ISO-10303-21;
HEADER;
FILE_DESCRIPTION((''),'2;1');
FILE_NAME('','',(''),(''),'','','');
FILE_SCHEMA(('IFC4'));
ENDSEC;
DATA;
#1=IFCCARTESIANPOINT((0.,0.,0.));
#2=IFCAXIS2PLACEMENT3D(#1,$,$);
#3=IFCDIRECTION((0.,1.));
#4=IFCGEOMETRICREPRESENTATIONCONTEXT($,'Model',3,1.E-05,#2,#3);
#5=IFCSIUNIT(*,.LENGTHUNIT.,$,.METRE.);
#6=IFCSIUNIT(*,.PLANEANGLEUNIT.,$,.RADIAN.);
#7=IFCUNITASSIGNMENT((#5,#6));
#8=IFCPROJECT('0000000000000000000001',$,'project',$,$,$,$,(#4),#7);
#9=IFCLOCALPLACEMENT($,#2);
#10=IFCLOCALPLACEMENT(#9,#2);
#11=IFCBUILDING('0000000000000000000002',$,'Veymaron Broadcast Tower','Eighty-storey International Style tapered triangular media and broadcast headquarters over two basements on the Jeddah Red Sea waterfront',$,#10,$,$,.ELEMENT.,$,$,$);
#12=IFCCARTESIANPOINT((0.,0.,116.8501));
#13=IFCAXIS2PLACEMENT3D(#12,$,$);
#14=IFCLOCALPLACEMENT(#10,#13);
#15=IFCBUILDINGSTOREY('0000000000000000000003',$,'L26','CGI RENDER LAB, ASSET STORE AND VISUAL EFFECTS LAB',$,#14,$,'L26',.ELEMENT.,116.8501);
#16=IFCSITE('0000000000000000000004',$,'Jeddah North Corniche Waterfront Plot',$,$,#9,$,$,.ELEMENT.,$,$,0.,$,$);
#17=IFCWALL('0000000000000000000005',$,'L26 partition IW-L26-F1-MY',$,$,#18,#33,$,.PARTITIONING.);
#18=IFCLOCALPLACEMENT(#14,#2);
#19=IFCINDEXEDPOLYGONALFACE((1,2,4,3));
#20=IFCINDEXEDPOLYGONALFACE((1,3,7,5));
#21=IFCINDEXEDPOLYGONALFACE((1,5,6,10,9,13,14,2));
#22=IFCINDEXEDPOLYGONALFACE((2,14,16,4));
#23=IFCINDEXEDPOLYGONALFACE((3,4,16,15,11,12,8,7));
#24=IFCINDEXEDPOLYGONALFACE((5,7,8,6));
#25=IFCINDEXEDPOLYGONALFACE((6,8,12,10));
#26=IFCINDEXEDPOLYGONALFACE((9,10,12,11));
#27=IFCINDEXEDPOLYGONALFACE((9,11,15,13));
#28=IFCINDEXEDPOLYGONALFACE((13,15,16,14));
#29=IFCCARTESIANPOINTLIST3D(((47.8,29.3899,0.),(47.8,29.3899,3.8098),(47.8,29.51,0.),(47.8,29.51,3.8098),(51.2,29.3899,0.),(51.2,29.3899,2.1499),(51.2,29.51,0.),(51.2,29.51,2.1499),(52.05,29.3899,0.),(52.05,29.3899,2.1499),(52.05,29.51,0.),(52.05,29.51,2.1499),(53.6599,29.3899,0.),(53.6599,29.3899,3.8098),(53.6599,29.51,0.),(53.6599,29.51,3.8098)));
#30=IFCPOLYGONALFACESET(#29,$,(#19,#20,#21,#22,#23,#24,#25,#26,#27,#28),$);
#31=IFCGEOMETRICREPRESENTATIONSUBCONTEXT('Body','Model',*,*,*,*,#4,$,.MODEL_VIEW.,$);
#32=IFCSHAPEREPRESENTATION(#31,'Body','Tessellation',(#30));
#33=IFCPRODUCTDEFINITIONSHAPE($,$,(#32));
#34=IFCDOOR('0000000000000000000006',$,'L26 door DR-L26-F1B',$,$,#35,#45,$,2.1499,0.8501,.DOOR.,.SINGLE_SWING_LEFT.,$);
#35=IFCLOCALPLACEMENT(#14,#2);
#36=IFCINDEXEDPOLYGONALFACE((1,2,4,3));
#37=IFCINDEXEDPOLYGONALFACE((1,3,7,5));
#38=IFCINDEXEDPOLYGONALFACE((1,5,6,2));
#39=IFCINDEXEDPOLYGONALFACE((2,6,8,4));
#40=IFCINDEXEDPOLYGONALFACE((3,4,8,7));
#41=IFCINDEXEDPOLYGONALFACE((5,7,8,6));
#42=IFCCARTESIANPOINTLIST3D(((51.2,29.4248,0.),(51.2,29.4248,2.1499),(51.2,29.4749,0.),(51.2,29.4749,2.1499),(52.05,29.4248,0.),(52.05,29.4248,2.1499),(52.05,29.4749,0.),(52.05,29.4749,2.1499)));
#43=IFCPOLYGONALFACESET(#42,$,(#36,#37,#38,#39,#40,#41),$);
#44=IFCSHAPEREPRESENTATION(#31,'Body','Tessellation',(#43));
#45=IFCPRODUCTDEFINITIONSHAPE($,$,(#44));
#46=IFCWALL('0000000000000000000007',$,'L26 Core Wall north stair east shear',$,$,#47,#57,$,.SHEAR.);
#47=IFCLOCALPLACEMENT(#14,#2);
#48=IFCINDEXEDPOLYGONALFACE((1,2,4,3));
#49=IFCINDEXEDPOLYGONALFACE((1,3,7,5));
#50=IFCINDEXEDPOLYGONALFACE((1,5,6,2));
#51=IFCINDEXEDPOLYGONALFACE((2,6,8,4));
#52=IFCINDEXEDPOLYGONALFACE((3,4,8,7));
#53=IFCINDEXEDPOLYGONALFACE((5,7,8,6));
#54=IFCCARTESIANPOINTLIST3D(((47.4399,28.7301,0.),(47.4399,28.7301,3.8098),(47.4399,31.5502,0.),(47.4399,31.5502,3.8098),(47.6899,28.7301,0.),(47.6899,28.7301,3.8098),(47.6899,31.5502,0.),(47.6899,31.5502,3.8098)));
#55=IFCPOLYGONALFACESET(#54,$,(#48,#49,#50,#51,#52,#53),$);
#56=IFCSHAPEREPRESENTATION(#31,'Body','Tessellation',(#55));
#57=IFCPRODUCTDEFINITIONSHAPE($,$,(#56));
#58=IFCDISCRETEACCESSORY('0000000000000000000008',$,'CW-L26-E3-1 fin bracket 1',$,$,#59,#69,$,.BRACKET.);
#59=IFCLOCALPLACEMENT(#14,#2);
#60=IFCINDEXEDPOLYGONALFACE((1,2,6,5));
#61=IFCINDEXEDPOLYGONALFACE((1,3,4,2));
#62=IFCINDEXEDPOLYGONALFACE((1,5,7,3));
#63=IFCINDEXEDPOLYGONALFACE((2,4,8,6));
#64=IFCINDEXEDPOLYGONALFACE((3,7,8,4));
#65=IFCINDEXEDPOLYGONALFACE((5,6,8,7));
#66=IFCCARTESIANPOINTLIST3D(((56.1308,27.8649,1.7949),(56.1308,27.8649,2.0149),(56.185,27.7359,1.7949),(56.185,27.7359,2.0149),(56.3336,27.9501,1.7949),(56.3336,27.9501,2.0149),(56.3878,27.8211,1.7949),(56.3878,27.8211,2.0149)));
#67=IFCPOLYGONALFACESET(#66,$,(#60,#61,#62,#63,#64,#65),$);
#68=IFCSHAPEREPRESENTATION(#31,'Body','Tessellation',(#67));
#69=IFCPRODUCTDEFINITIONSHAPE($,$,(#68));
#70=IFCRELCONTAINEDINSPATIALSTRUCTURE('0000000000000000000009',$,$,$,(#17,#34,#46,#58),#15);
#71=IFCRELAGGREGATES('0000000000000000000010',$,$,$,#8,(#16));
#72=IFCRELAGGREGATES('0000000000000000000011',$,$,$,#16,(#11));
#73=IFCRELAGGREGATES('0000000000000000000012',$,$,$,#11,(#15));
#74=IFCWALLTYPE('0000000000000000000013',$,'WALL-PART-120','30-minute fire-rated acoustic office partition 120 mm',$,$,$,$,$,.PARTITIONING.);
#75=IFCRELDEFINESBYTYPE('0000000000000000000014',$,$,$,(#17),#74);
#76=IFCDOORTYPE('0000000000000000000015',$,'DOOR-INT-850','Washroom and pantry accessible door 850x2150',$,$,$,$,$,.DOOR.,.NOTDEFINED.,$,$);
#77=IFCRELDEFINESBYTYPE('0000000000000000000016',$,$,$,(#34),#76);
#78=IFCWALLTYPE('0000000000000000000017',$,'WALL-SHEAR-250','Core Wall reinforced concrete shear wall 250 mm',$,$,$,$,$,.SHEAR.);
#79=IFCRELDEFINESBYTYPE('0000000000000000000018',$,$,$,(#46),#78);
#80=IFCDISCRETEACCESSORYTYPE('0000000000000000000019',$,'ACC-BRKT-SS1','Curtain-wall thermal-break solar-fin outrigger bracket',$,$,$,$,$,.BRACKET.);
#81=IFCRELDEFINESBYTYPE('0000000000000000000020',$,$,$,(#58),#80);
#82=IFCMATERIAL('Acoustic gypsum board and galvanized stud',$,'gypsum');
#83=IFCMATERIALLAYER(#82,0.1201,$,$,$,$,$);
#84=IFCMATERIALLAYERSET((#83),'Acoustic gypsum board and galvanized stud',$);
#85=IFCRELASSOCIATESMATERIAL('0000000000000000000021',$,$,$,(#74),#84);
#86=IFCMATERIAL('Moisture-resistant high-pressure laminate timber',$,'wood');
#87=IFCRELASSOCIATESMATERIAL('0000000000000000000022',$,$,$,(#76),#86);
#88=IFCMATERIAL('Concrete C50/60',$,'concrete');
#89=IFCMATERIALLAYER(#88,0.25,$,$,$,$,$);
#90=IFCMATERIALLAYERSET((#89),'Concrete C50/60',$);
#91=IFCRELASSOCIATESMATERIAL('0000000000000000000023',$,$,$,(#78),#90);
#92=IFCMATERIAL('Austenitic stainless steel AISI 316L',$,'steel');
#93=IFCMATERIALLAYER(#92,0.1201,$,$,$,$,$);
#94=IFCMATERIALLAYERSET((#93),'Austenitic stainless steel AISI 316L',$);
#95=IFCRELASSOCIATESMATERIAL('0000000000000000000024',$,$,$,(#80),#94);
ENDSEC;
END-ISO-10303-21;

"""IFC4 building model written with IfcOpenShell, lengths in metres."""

from ifc_helpers import new_model, si_unit, direction, frame, frame_2d, origin, origin_2d, place, context, subcontext, project, spatial, rectangle, extrude, material, layer, layer_set, type_object, element, fill, save


model = new_model("IFC4")

# Units and contexts
model_context = context("Model", 3, precision=1e-05, world=origin(), true_north=direction((0.0, 1.0)))
body_context = subcontext(model_context, "Body", "Model", "MODEL_VIEW")
ifc_project = project(units=[si_unit("LENGTHUNIT", "METRE"), si_unit("PLANEANGLEUNIT", "RADIAN")], contexts=[model_context])

# Site, building, storey
site_placement = place(None, origin())
site = spatial("IfcSite", under=ifc_project, at=site_placement, Name="Jeddah North Corniche Waterfront Plot", CompositionType="ELEMENT", RefElevation=0.0)
building_placement = place(site_placement, origin())
building = spatial("IfcBuilding", under=site, at=building_placement, Name="Veymaron Broadcast Tower", Description="Eighty-storey International Style tapered triangular media and broadcast headquarters over two basements on the Jeddah Red Sea waterfront", CompositionType="ELEMENT")
storey_placement = place(building_placement, frame((0.0, 0.0, 116.8501)))
storey = spatial("IfcBuildingStorey", under=building, at=storey_placement, Name="L26", Description="CGI RENDER LAB, ASSET STORE AND VISUAL EFFECTS LAB", LongName="L26", CompositionType="ELEMENT", Elevation=116.8501)

# Wall, opening, door
ifc_material_1 = material(Name="Acoustic gypsum board and galvanized stud", Category="gypsum")
ifc_layer_1 = layer(ifc_material_1, 0.1201)
ifc_layer_set_1 = layer_set([ifc_layer_1], Name="Acoustic gypsum board and galvanized stud")
wall_type_1 = type_object("IfcWallType", Name="WALL-PART-120", Description="30-minute fire-rated acoustic office partition 120 mm", PredefinedType="PARTITIONING", material=ifc_layer_set_1)
ifc_material_2 = material(Name="Moisture-resistant high-pressure laminate timber", Category="wood")
door_type_1 = type_object("IfcDoorType", Name="DOOR-INT-850", Description="Washroom and pantry accessible door 850x2150", OperationType="NOTDEFINED", PredefinedType="DOOR", material=ifc_material_2)
wall_1_placement = place(storey_placement, frame((47.8, 29.45, 0.0), z_axis=(0.0, 0.0, 1.0), x_axis=(1.0, 0.0, 0.0)))
wall_1 = element("IfcWall", 1, at=wall_1_placement, inside=storey, type_object=wall_type_1, Name="L26 partition IW-L26-F1-MY", PredefinedType="PARTITIONING", context=body_context, shape_type="SweptSolid", body=[
    extrude(rectangle(XDim=5.8599, YDim=0.1201, at=frame_2d((2.9299, 0.0))), origin(), (0.0, 0.0, 1.0), 3.8098),
])
opening_1_placement = place(wall_1_placement, frame((3.3999, 0.0, 0.0)))
opening_1 = element("IfcOpeningElement", 2, at=opening_1_placement, cuts=wall_1, PredefinedType="OPENING", context=body_context, shape_type="SweptSolid", body=[
    extrude(rectangle(XDim=0.8501, YDim=2.1499, at=frame_2d((0.425, 1.075))), frame((0.0, 0.0701, 0.0), z_axis=(0.0, -1.0, 0.0), x_axis=(1.0, 0.0, 0.0)), (0.0, 0.0, 1.0), 0.1401),
])
door_1_placement = place(opening_1_placement, origin())
door_1 = element("IfcDoor", 3, at=door_1_placement, inside=storey, type_object=door_type_1, Name="L26 door DR-L26-F1B", OperationType="SINGLE_SWING_LEFT", OverallHeight=2.1499, OverallWidth=0.8501, PredefinedType="DOOR", context=body_context, shape_type="SweptSolid", body=[
    extrude(rectangle(XDim=0.8501, YDim=2.1499, at=frame_2d((0.425, 1.075))), frame((0.0, 0.0249, 0.0), z_axis=(0.0, -1.0, 0.0), x_axis=(1.0, 0.0, 0.0)), (0.0, 0.0, 1.0), 0.05),
])
fill(opening_1, door_1)

# Wall
ifc_material_3 = material(Name="Concrete C50/60", Category="concrete")
ifc_layer_2 = layer(ifc_material_3, 0.25)
ifc_layer_set_2 = layer_set([ifc_layer_2], Name="Concrete C50/60")
wall_type_2 = type_object("IfcWallType", Name="WALL-SHEAR-250", Description="Core Wall reinforced concrete shear wall 250 mm", PredefinedType="SHEAR", material=ifc_layer_set_2)
wall_2_placement = place(storey_placement, frame((47.5649, 28.73, 0.0), z_axis=(0.0, 0.0, 1.0), x_axis=(0.0, 1.0, 0.0)))
element("IfcWall", 4, at=wall_2_placement, inside=storey, type_object=wall_type_2, Name="L26 Core Wall north stair east shear", PredefinedType="SHEAR", context=body_context, shape_type="SweptSolid", body=[
    extrude(rectangle(XDim=2.8201, YDim=0.25, at=frame_2d((1.4102, 0.0))), origin(), (0.0, 0.0, 1.0), 3.8098),
])

# Discrete accessory
ifc_material_4 = material(Name="Austenitic stainless steel AISI 316L", Category="steel")
ifc_layer_3 = layer(ifc_material_4, 0.1201)
ifc_layer_set_3 = layer_set([ifc_layer_3], Name="Austenitic stainless steel AISI 316L")
discrete_accessory_type = type_object("IfcDiscreteAccessoryType", Name="ACC-BRKT-SS1", Description="Curtain-wall thermal-break solar-fin outrigger bracket", PredefinedType="BRACKET", material=ifc_layer_set_3)
discrete_accessory_placement = place(storey_placement, frame((56.2593, 27.843, 1.7949), z_axis=(0.0, 0.0, 1.0), x_axis=(0.921985, 0.387226, 0.0)))
element("IfcDiscreteAccessory", 5, at=discrete_accessory_placement, inside=storey, type_object=discrete_accessory_type, Name="CW-L26-E3-1 fin bracket 1", PredefinedType="BRACKET", context=body_context, shape_type="SweptSolid", body=[
    extrude(rectangle(XDim=0.22, YDim=0.1399, at=origin_2d()), origin(), (0.0, 0.0, 1.0), 0.22),
])

save(model, "model.ifc")
